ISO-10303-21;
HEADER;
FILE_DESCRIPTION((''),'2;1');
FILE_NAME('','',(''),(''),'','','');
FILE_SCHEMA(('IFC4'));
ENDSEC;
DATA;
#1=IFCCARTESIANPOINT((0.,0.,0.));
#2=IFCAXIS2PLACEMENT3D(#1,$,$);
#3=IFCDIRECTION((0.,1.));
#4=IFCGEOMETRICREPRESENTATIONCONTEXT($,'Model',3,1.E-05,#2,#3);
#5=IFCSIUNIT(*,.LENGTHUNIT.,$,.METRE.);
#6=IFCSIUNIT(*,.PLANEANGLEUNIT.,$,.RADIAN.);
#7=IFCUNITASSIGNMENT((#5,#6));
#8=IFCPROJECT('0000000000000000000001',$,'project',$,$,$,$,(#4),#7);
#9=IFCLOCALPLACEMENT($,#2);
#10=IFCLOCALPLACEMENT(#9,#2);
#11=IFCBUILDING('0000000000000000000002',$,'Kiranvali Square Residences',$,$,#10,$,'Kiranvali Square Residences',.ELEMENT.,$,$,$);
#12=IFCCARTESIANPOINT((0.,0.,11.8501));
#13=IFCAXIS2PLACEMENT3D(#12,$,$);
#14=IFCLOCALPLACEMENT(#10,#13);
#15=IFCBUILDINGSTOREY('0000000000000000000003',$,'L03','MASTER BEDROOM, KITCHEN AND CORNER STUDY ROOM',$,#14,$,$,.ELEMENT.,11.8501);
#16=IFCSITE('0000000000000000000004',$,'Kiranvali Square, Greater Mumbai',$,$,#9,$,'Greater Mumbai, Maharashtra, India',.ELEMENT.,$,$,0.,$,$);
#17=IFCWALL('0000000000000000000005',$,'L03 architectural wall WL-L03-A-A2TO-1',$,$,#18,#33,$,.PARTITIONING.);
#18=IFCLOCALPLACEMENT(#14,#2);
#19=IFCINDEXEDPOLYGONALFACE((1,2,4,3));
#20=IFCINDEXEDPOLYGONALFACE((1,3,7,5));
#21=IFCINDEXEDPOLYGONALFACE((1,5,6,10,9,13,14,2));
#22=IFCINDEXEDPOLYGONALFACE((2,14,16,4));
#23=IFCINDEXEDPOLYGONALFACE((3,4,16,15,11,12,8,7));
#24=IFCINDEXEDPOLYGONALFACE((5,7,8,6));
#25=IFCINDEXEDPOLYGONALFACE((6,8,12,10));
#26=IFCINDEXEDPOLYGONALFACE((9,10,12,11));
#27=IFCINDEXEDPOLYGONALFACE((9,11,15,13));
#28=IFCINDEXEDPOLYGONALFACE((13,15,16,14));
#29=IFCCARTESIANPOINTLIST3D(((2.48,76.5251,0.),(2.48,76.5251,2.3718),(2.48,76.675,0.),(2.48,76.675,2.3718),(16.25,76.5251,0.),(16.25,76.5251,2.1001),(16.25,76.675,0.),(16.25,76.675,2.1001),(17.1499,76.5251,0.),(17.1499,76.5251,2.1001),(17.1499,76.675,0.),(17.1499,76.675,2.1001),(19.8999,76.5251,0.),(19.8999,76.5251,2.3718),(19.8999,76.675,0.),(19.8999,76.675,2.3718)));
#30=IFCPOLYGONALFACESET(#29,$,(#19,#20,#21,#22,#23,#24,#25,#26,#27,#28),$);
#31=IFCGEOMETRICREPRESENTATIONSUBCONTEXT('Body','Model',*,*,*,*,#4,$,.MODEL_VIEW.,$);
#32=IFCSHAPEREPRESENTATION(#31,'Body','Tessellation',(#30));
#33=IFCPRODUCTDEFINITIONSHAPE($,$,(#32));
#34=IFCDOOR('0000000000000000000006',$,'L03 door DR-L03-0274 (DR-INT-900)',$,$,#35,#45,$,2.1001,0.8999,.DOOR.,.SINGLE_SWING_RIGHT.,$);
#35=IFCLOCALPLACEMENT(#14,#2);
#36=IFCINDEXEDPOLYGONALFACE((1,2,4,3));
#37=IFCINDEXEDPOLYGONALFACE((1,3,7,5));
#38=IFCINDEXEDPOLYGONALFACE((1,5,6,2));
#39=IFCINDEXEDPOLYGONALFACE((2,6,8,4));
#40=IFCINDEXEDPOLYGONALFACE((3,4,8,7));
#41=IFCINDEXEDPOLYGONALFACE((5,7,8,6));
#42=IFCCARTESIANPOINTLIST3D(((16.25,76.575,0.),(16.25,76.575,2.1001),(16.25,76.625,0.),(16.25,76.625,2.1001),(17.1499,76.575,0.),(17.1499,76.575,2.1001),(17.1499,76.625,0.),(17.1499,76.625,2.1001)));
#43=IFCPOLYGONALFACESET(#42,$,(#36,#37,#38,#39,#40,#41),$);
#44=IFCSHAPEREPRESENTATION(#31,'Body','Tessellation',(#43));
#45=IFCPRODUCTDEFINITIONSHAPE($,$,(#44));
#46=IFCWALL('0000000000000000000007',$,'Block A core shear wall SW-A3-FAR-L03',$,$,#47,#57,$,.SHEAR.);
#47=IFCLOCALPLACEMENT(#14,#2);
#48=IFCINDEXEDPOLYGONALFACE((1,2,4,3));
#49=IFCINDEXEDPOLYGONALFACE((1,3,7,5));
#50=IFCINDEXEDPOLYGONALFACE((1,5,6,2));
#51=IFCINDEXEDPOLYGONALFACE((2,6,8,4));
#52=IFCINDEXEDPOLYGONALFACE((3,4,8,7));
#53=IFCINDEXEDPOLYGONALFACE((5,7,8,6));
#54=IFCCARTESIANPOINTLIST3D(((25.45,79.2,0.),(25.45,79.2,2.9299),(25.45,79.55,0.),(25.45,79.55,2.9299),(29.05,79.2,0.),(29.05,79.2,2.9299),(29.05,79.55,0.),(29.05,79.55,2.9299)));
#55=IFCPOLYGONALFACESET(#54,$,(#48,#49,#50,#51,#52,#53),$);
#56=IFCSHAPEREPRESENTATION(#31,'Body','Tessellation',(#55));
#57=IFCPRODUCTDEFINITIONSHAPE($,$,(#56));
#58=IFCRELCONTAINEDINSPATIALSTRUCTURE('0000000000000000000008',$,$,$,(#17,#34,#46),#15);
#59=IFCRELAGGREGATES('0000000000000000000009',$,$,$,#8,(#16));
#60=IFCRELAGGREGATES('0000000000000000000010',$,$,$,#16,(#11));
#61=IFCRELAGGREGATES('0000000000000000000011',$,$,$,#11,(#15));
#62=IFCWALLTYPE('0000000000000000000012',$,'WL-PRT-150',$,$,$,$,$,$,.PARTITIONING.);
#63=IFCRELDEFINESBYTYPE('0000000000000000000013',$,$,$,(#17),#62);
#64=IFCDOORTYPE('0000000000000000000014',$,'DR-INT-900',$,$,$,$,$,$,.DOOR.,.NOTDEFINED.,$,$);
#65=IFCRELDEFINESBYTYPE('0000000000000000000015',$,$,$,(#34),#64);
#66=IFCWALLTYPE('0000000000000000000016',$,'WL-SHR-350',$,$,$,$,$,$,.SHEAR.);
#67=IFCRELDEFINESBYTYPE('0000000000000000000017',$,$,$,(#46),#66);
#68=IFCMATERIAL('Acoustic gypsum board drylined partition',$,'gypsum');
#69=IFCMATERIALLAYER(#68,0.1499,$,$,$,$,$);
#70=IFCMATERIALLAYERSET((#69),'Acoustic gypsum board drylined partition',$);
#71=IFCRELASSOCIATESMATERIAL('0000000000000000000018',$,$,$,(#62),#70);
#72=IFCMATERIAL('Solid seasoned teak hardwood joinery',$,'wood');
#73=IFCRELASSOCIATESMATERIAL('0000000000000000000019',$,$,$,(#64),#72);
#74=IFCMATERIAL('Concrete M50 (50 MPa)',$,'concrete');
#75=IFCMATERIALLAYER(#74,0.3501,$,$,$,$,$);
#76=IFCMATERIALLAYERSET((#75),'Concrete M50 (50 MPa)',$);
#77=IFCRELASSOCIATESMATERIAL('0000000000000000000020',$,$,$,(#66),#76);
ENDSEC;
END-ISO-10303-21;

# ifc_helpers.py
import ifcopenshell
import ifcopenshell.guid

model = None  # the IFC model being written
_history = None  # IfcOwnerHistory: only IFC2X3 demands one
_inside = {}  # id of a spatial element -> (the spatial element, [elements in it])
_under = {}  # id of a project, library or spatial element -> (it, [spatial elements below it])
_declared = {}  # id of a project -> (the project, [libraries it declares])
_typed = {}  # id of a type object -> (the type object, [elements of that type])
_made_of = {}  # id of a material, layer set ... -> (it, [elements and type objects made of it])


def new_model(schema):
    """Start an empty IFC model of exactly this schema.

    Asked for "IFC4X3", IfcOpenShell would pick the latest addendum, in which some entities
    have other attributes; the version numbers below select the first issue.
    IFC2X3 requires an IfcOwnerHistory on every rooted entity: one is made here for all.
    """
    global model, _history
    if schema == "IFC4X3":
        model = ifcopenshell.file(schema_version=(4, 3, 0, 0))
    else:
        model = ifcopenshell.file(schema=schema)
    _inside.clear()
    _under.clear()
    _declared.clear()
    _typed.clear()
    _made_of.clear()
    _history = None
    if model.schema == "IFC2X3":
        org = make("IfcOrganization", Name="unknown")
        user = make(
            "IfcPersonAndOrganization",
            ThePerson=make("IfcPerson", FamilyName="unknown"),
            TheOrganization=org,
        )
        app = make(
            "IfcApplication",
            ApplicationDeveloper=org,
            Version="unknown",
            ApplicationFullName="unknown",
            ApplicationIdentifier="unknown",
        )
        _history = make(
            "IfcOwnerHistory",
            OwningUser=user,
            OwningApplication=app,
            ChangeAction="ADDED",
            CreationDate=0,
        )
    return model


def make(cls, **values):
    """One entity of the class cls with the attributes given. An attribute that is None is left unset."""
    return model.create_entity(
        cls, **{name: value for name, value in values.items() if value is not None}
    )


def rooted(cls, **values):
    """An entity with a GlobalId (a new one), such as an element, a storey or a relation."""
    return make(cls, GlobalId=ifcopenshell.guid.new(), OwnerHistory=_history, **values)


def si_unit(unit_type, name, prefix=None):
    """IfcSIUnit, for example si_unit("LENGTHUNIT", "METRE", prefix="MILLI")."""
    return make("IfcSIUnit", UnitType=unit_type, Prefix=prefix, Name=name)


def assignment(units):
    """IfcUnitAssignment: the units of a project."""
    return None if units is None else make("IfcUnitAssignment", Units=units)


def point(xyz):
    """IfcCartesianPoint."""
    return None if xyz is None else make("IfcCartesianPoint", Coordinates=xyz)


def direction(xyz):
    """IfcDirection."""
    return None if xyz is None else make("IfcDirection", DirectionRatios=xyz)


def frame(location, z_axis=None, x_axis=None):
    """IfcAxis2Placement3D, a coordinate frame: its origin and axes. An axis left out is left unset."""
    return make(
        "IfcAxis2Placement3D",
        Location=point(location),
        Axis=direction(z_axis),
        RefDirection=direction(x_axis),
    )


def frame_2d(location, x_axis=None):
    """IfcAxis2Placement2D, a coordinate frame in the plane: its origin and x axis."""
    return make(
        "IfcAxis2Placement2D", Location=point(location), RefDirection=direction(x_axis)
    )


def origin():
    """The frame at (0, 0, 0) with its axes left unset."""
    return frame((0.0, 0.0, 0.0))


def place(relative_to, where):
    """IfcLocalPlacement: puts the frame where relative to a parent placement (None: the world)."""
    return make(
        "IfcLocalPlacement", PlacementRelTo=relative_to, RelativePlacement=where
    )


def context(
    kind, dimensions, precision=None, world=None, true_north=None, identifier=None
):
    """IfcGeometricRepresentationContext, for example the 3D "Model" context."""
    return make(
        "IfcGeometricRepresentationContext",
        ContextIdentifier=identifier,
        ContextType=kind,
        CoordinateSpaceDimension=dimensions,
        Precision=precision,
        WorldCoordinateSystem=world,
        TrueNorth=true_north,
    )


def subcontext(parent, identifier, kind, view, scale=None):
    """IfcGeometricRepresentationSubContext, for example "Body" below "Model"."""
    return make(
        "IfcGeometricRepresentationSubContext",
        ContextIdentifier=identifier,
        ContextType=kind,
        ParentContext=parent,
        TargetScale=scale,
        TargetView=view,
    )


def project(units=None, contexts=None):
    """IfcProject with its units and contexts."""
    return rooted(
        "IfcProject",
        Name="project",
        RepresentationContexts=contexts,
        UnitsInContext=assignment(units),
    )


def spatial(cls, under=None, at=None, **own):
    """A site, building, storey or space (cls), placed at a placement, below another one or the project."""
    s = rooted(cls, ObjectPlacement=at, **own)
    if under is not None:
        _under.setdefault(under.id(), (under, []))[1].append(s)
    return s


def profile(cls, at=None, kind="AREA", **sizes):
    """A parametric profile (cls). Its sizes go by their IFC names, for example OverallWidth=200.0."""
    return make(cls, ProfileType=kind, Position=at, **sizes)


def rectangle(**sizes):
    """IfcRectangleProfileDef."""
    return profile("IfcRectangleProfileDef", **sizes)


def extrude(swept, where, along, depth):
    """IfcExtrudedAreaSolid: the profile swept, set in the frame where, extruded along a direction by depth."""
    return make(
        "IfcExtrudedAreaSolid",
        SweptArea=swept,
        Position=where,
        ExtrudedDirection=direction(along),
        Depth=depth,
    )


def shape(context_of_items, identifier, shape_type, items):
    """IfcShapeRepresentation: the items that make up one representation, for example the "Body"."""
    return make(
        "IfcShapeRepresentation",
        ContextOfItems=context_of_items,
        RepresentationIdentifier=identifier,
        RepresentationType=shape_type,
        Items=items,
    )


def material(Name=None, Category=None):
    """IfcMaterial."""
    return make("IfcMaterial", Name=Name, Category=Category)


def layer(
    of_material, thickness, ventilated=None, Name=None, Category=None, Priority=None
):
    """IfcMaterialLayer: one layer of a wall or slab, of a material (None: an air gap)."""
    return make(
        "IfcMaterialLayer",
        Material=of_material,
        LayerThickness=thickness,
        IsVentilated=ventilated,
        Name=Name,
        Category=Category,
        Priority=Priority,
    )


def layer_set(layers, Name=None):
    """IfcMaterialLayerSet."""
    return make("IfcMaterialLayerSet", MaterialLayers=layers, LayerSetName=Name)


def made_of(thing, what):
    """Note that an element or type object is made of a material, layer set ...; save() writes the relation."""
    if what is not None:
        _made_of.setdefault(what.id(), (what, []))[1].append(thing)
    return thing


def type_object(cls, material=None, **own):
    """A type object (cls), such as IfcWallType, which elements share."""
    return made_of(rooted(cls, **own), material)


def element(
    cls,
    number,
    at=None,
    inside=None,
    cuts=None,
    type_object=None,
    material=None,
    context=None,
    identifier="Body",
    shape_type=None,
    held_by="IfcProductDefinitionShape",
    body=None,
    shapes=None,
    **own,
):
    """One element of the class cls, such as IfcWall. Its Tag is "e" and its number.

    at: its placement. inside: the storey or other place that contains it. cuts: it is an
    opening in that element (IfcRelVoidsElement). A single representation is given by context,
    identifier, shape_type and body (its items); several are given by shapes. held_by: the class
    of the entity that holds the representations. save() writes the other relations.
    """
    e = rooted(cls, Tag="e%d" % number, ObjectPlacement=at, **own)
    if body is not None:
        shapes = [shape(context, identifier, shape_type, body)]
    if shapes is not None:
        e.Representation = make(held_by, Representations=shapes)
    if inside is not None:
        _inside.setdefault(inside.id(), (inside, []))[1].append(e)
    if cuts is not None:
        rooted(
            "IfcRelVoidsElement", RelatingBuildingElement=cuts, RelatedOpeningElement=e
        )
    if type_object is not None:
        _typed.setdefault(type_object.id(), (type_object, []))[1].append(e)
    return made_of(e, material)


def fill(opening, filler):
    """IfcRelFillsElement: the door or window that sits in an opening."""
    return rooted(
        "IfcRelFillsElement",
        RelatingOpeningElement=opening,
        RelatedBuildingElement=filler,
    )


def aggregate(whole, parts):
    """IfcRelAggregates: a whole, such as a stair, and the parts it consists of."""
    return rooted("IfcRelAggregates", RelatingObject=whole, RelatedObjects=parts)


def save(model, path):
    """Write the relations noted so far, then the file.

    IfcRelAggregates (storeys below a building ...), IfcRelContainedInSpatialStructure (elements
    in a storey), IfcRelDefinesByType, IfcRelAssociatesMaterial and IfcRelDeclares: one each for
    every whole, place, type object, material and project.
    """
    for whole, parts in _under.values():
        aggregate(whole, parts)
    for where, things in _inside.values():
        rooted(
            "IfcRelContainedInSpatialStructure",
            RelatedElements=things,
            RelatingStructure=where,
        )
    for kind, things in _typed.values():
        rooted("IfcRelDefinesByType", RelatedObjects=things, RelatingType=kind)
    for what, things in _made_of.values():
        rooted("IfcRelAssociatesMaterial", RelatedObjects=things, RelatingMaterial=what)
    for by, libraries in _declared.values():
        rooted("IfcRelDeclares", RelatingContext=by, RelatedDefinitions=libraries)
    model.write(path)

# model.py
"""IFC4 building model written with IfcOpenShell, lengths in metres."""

from ifc_helpers import new_model, si_unit, direction, frame, frame_2d, origin, place, context, subcontext, project, spatial, rectangle, extrude, material, layer, layer_set, type_object, element, fill, save


model = new_model("IFC4")

# Units and contexts
model_context = context("Model", 3, precision=1e-05, world=origin(), true_north=direction((0.0, 1.0)))
body_context = subcontext(model_context, "Body", "Model", "MODEL_VIEW")
ifc_project = project(units=[si_unit("LENGTHUNIT", "METRE"), si_unit("PLANEANGLEUNIT", "RADIAN")], contexts=[model_context])

# Site, building, storey
site_placement = place(None, origin())
site = spatial("IfcSite", under=ifc_project, at=site_placement, Name="Kiranvali Square, Greater Mumbai", LongName="Greater Mumbai, Maharashtra, India", CompositionType="ELEMENT", RefElevation=0.0)
building_placement = place(site_placement, origin())
building = spatial("IfcBuilding", under=site, at=building_placement, Name="Kiranvali Square Residences", LongName="Kiranvali Square Residences", CompositionType="ELEMENT")
storey_placement = place(building_placement, frame((0.0, 0.0, 11.8501)))
storey = spatial("IfcBuildingStorey", under=building, at=storey_placement, Name="L03", Description="MASTER BEDROOM, KITCHEN AND CORNER STUDY ROOM", CompositionType="ELEMENT", Elevation=11.8501)

# Shared definitions
ifc_material_1 = material(Name="Concrete M50 (50 MPa)", Category="concrete")

# Wall, opening, door
ifc_material_2 = material(Name="Acoustic gypsum board drylined partition", Category="gypsum")
ifc_layer_1 = layer(ifc_material_2, 0.1499)
ifc_layer_set_1 = layer_set([ifc_layer_1], Name="Acoustic gypsum board drylined partition")
wall_type_1 = type_object("IfcWallType", Name="WL-PRT-150", PredefinedType="PARTITIONING", material=ifc_layer_set_1)
ifc_material_3 = material(Name="Solid seasoned teak hardwood joinery", Category="wood")
door_type = type_object("IfcDoorType", Name="DR-INT-900", OperationType="NOTDEFINED", PredefinedType="DOOR", material=ifc_material_3)
wall_1_placement = place(storey_placement, frame((19.8999, 76.6001, 0.0), z_axis=(0.0, 0.0, 1.0), x_axis=(-1.0, 0.0, 0.0)))
wall_1 = element("IfcWall", 1, at=wall_1_placement, inside=storey, type_object=wall_type_1, Name="L03 architectural wall WL-L03-A-A2TO-1", PredefinedType="PARTITIONING", context=body_context, shape_type="SweptSolid", body=[
    extrude(rectangle(XDim=17.4199, YDim=0.1499, at=frame_2d((8.71, 0.0))), origin(), (0.0, 0.0, 1.0), 2.3718),
])
opening_1_placement = place(wall_1_placement, frame((2.75, 0.0, 0.0)))
opening_1 = element("IfcOpeningElement", 2, at=opening_1_placement, cuts=wall_1, PredefinedType="OPENING", context=body_context, shape_type="SweptSolid", body=[
    extrude(rectangle(XDim=0.8999, YDim=2.1001, at=frame_2d((0.45, 1.05))), frame((0.0, 0.085, 0.0), z_axis=(0.0, -1.0, 0.0), x_axis=(1.0, 0.0, 0.0)), (0.0, 0.0, 1.0), 0.1699),
])
door_1_placement = place(opening_1_placement, frame((0.8999, 0.0, 0.0), z_axis=(0.0, 0.0, 1.0), x_axis=(-1.0, 0.0, 0.0)))
door_1 = element("IfcDoor", 3, at=door_1_placement, inside=storey, type_object=door_type, Name="L03 door DR-L03-0274 (DR-INT-900)", OperationType="SINGLE_SWING_RIGHT", OverallHeight=2.1001, OverallWidth=0.8999, PredefinedType="DOOR", context=body_context, shape_type="SweptSolid", body=[
    extrude(rectangle(XDim=0.8999, YDim=2.1001, at=frame_2d((0.45, 1.05))), frame((0.0, 0.0249, 0.0), z_axis=(0.0, -1.0, 0.0), x_axis=(1.0, 0.0, 0.0)), (0.0, 0.0, 1.0), 0.05),
])
fill(opening_1, door_1)

# Wall
ifc_layer_2 = layer(ifc_material_1, 0.3501)
ifc_layer_set_2 = layer_set([ifc_layer_2], Name="Concrete M50 (50 MPa)")
wall_type_2 = type_object("IfcWallType", Name="WL-SHR-350", PredefinedType="SHEAR", material=ifc_layer_set_2)
wall_2_placement = place(storey_placement, frame((29.05, 79.375, 0.0), z_axis=(0.0, 0.0, 1.0), x_axis=(-1.0, 0.0, 0.0)))
element("IfcWall", 4, at=wall_2_placement, inside=storey, type_object=wall_type_2, Name="Block A core shear wall SW-A3-FAR-L03", PredefinedType="SHEAR", context=body_context, shape_type="SweptSolid", body=[
    extrude(rectangle(XDim=3.6001, YDim=0.3501, at=frame_2d((1.8, 0.0))), origin(), (0.0, 0.0, 1.0), 2.9299),
])

save(model, "model.ifc")
